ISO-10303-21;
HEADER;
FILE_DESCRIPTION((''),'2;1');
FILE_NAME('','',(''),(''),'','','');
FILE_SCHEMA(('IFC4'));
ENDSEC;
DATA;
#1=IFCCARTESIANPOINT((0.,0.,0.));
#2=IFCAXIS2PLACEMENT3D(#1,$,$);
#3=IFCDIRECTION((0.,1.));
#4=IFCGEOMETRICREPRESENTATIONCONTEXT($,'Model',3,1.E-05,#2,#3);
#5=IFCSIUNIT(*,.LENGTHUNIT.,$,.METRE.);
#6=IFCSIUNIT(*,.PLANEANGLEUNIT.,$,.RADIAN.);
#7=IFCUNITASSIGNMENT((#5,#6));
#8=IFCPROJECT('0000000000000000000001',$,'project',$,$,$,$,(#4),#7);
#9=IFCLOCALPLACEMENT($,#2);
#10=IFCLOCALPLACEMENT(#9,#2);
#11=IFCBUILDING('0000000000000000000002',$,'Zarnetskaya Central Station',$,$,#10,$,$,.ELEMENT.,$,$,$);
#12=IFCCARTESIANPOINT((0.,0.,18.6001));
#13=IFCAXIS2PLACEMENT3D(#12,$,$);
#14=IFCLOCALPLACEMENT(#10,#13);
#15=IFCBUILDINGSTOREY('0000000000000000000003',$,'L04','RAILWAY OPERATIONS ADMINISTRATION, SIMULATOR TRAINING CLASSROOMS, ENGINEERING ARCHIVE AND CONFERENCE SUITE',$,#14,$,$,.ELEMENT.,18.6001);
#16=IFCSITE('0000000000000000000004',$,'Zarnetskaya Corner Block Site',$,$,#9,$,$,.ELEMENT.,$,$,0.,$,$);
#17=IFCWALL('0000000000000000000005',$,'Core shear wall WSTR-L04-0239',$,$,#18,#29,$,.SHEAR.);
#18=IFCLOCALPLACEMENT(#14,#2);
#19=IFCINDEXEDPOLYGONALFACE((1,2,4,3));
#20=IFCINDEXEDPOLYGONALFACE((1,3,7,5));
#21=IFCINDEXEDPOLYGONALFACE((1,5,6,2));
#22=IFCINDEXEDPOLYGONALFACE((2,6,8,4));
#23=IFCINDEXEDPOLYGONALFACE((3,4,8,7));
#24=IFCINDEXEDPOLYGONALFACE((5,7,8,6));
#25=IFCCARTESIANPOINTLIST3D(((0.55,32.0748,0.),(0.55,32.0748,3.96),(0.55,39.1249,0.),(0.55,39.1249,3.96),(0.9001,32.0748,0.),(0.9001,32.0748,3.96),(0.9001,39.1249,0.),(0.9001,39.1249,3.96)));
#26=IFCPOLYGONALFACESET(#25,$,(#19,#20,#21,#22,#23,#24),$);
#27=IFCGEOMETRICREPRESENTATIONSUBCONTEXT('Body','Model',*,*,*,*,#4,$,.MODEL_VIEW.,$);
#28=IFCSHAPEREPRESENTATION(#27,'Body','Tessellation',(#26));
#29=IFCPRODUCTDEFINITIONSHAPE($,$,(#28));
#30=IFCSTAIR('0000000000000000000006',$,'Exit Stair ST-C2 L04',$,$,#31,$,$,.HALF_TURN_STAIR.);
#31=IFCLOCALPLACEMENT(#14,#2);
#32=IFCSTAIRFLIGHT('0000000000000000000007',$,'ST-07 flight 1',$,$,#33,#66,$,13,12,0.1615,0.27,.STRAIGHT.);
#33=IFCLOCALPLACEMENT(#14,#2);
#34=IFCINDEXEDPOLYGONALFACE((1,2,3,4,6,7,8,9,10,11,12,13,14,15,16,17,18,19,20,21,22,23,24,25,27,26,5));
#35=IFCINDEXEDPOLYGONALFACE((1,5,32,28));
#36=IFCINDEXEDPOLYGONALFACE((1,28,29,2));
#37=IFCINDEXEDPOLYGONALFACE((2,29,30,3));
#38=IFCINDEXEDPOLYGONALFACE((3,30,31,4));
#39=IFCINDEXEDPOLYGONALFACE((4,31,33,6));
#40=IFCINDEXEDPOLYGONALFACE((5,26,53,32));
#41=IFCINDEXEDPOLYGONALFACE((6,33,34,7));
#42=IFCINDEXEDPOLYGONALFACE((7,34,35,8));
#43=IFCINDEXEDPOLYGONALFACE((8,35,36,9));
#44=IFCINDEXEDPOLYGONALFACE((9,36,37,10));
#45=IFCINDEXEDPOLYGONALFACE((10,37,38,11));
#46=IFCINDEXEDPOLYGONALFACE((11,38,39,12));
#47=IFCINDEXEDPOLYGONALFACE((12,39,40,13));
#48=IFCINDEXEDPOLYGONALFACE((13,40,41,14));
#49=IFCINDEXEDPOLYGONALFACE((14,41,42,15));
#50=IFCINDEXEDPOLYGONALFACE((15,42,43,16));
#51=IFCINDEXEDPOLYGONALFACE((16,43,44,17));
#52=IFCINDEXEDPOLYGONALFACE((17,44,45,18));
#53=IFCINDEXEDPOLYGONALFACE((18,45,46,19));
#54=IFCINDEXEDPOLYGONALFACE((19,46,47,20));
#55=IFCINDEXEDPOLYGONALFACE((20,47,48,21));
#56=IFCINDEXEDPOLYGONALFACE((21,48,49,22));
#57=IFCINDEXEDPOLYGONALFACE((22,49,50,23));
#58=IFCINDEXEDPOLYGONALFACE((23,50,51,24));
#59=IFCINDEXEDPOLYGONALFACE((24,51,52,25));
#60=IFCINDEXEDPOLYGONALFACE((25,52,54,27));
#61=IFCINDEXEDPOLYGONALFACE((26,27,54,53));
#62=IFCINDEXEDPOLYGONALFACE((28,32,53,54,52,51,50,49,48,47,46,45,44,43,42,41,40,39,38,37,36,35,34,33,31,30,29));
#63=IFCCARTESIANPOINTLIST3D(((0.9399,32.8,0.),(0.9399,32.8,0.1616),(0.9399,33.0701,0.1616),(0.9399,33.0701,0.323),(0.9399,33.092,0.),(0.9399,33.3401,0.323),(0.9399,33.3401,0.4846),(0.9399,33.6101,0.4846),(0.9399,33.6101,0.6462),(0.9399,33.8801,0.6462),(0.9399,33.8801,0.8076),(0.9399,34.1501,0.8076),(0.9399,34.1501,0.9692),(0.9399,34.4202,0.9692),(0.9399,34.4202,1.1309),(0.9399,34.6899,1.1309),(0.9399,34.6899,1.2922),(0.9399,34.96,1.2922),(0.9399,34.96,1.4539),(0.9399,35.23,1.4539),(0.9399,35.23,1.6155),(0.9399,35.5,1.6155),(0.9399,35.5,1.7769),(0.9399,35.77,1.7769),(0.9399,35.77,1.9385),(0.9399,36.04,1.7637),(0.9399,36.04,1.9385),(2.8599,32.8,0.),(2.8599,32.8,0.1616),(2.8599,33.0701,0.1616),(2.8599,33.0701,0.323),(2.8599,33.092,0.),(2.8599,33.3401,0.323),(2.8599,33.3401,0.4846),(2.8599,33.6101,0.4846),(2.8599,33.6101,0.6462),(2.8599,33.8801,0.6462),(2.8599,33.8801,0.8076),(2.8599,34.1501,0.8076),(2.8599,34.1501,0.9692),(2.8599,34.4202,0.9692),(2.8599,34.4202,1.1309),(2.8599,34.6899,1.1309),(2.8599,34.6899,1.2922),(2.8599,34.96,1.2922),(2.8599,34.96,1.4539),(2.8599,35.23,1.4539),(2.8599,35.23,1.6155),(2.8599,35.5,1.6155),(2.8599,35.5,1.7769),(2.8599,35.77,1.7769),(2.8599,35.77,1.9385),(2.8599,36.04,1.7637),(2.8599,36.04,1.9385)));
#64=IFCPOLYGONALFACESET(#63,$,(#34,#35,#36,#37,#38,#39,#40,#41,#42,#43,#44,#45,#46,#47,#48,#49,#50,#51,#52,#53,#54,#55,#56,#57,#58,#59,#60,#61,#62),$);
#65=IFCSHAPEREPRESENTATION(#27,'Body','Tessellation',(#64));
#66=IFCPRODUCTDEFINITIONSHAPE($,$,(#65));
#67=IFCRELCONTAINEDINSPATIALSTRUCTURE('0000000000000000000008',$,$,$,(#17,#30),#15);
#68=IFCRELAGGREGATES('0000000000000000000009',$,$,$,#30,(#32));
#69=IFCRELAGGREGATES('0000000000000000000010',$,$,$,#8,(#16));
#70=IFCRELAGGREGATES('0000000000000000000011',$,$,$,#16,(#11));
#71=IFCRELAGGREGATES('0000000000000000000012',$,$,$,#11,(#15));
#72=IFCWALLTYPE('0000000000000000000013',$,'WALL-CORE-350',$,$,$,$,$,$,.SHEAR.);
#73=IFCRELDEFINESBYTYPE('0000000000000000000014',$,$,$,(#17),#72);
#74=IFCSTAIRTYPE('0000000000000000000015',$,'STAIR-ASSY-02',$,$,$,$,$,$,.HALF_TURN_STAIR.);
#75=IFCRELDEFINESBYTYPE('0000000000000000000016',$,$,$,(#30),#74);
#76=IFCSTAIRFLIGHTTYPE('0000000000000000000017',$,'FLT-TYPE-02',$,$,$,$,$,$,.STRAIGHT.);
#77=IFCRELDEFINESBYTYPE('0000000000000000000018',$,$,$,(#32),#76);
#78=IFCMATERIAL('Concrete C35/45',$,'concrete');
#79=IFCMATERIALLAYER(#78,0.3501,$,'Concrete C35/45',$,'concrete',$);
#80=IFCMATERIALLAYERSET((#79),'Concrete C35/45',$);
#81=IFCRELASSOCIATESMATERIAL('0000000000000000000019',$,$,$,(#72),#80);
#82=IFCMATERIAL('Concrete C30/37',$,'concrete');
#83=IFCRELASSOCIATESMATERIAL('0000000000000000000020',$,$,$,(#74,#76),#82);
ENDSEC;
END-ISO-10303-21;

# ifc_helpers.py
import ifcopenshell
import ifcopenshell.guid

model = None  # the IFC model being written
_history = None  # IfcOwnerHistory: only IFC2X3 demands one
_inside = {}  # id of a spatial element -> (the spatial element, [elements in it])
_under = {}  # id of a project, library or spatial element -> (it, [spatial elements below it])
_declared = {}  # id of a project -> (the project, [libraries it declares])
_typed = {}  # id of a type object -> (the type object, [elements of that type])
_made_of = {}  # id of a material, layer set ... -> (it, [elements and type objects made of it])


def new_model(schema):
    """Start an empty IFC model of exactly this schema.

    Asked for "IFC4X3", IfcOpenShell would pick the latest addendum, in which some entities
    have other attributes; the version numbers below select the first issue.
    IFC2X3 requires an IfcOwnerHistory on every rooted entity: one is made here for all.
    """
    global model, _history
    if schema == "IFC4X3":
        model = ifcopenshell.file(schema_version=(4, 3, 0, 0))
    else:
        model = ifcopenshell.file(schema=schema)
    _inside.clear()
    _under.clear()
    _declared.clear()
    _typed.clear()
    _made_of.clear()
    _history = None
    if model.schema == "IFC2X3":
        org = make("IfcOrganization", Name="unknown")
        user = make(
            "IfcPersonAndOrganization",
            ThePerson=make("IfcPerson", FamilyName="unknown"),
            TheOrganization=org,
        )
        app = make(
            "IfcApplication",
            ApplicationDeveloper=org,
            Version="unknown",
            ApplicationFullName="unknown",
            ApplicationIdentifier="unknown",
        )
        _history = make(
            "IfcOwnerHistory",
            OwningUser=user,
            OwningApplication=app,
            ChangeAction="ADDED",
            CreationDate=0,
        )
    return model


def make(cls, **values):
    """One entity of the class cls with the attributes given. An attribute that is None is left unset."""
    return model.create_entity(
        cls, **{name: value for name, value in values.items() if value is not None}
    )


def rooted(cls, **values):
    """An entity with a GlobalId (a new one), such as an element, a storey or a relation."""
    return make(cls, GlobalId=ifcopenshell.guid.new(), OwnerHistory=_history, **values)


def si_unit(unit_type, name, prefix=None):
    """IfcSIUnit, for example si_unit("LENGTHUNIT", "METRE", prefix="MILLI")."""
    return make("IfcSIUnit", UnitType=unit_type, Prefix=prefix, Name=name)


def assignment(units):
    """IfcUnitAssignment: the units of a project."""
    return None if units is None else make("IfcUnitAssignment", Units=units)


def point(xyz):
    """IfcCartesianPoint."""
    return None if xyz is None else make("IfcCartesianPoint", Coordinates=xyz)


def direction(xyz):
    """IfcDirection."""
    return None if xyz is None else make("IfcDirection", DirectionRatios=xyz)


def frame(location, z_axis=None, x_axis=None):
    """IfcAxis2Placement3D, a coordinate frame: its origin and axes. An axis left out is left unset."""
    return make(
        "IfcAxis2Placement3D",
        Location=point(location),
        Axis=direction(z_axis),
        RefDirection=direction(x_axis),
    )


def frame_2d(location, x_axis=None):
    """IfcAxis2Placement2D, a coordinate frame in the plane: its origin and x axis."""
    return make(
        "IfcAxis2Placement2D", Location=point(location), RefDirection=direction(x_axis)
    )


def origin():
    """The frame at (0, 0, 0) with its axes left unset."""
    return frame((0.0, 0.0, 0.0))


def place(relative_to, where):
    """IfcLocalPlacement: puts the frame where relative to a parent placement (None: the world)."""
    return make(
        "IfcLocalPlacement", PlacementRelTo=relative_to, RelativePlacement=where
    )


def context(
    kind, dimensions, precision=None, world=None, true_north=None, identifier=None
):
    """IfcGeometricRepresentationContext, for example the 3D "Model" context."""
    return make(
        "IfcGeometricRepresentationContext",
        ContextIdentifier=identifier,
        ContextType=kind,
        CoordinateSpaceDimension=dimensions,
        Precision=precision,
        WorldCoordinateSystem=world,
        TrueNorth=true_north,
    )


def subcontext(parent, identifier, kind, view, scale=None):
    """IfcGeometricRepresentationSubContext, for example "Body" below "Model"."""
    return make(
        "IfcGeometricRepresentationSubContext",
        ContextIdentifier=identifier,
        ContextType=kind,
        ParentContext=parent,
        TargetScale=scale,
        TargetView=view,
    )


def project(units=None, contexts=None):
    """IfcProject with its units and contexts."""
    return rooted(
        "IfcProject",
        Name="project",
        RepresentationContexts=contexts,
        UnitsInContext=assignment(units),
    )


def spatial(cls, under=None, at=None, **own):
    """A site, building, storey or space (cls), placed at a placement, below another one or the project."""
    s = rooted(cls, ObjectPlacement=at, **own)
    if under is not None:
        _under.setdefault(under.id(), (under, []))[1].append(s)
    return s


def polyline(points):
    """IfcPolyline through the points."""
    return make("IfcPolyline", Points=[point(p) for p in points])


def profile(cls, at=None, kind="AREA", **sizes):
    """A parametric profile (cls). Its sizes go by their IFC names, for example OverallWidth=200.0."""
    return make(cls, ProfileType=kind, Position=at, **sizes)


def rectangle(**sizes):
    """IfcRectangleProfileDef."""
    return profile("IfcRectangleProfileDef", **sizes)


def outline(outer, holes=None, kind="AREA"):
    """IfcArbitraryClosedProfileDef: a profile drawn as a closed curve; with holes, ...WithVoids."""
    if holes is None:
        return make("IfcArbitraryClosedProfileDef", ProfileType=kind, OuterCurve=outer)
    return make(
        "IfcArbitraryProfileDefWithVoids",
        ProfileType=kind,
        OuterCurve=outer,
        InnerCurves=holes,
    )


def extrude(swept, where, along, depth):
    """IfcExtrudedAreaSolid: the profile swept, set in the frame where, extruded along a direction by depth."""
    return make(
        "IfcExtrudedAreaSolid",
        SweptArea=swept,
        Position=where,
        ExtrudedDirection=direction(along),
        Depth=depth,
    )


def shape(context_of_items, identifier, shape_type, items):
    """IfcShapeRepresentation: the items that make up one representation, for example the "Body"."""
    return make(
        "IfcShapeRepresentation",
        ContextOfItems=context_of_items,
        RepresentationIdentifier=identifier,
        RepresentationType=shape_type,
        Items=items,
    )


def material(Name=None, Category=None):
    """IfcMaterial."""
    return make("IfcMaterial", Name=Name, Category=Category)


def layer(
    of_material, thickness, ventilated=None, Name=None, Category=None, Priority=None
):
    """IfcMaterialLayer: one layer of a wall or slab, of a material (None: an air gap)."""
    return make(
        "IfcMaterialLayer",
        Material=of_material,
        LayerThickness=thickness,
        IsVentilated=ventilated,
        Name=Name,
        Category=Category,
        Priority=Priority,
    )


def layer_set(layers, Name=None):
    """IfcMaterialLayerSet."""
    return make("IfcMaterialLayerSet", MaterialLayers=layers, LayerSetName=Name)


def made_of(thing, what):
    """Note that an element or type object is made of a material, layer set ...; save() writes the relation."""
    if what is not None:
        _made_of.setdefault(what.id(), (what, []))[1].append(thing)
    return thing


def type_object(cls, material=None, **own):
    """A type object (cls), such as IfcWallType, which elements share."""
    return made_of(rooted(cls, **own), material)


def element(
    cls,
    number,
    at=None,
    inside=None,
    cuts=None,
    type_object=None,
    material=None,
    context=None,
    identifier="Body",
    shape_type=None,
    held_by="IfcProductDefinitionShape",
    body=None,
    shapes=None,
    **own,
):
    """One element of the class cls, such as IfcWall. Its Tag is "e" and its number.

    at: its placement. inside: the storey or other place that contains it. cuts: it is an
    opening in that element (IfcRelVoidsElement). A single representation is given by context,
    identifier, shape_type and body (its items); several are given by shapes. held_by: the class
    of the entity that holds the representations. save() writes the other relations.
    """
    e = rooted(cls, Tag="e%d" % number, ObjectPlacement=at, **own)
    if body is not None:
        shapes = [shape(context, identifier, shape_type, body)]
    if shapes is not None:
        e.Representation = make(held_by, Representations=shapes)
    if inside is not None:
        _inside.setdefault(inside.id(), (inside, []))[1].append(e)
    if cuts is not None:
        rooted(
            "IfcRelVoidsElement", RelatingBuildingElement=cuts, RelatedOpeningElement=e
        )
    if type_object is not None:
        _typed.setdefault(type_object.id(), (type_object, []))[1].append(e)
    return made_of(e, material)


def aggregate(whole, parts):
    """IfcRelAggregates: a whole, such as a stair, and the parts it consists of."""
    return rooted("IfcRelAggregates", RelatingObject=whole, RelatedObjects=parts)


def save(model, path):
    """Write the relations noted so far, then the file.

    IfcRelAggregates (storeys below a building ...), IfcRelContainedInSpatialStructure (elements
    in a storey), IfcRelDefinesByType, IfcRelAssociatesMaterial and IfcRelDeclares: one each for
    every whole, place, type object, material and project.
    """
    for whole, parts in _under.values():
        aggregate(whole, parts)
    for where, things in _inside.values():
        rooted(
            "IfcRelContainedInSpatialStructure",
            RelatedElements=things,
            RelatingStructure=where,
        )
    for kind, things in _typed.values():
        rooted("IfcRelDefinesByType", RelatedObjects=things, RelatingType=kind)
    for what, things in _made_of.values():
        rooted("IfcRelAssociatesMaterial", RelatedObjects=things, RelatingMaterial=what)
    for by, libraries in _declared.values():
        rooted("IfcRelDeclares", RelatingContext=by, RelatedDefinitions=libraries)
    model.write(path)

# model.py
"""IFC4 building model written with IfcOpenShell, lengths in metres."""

from ifc_helpers import new_model, si_unit, direction, frame, frame_2d, origin, place, context, subcontext, project, spatial, polyline, rectangle, outline, extrude, material, layer, layer_set, type_object, element, aggregate, save


model = new_model("IFC4")

# Units and contexts
model_context = context("Model", 3, precision=1e-05, world=origin(), true_north=direction((0.0, 1.0)))
body_context = subcontext(model_context, "Body", "Model", "MODEL_VIEW")
ifc_project = project(units=[si_unit("LENGTHUNIT", "METRE"), si_unit("PLANEANGLEUNIT", "RADIAN")], contexts=[model_context])

# Site, building, storey
site_placement = place(None, origin())
site = spatial("IfcSite", under=ifc_project, at=site_placement, Name="Zarnetskaya Corner Block Site", CompositionType="ELEMENT", RefElevation=0.0)
building_placement = place(site_placement, origin())
building = spatial("IfcBuilding", under=site, at=building_placement, Name="Zarnetskaya Central Station", CompositionType="ELEMENT")
storey_placement = place(building_placement, frame((0.0, 0.0, 18.6001)))
storey = spatial("IfcBuildingStorey", under=building, at=storey_placement, Name="L04", Description="RAILWAY OPERATIONS ADMINISTRATION, SIMULATOR TRAINING CLASSROOMS, ENGINEERING ARCHIVE AND CONFERENCE SUITE", CompositionType="ELEMENT", Elevation=18.6001)

# Shared definitions
ifc_material_1 = material(Name="Concrete C35/45", Category="concrete")
ifc_layer_1 = layer(ifc_material_1, 0.3501, Name="Concrete C35/45", Category="concrete")
ifc_layer_set_1 = layer_set([ifc_layer_1], Name="Concrete C35/45")
wall_type = type_object("IfcWallType", Name="WALL-CORE-350", PredefinedType="SHEAR", material=ifc_layer_set_1)

# Wall
wall_1_placement = place(storey_placement, frame((0.7251, 32.075, 0.0), z_axis=(0.0, 0.0, 1.0), x_axis=(0.0, 1.0, 0.0)))
element("IfcWall", 1, at=wall_1_placement, inside=storey, type_object=wall_type, Name="Core shear wall WSTR-L04-0239", PredefinedType="SHEAR", context=body_context, shape_type="SweptSolid", body=[
    extrude(rectangle(XDim=7.05, YDim=0.3501, at=frame_2d((3.5249, 0.0))), origin(), (0.0, 0.0, 1.0), 3.96),
])

# Stair, stair flight
ifc_material_2 = material(Name="Concrete C30/37", Category="concrete")
stair_type = type_object("IfcStairType", Name="STAIR-ASSY-02", PredefinedType="HALF_TURN_STAIR", material=ifc_material_2)
stair_placement = place(storey_placement, origin())
stair = element("IfcStair", 2, at=stair_placement, inside=storey, type_object=stair_type, Name="Exit Stair ST-C2 L04", PredefinedType="HALF_TURN_STAIR")
stair_flight_type = type_object("IfcStairFlightType", Name="FLT-TYPE-02", PredefinedType="STRAIGHT", material=ifc_material_2)
stair_flight_placement = place(storey_placement, frame((1.8999, 32.8, 0.0), z_axis=(0.0, 0.0, 1.0), x_axis=(0.0, 1.0, 0.0)))
stair_flight = element("IfcStairFlight", 3, at=stair_flight_placement, type_object=stair_flight_type, Name="ST-07 flight 1", NumberOfRisers=13, NumberOfTreads=12, PredefinedType="STRAIGHT", RiserHeight=0.1615, TreadLength=0.27, context=body_context, shape_type="SweptSolid", body=[
    extrude(outline(polyline([(0.0, 0.0), (0.0, 0.1616), (0.27, 0.1616), (0.27, 0.323), (0.54, 0.323), (0.54, 0.4846), (0.8101, 0.4846), (0.8101, 0.6462), (1.0801, 0.6462), (1.0801, 0.8076), (1.3501, 0.8076), (1.3501, 0.9692), (1.6201, 0.9692), (1.6201, 1.1309), (1.8899, 1.1309), (1.8899, 1.2922), (2.1599, 1.2922), (2.1599, 1.4539), (2.4299, 1.4539), (2.4299, 1.6155), (2.7, 1.6155), (2.7, 1.7769), (2.97, 1.7769), (2.97, 1.9385), (3.24, 1.9385), (3.24, 2.1001), (3.24, 1.7637), (0.292, 0.0), (0.0, 0.0)])), frame((0.0, 0.96, 0.0), z_axis=(0.0, -1.0, 0.0), x_axis=(1.0, 0.0, 0.0)), (0.0, 0.0, 1.0), 1.9199),
])
aggregate(stair, [stair_flight])

save(model, "model.ifc")
